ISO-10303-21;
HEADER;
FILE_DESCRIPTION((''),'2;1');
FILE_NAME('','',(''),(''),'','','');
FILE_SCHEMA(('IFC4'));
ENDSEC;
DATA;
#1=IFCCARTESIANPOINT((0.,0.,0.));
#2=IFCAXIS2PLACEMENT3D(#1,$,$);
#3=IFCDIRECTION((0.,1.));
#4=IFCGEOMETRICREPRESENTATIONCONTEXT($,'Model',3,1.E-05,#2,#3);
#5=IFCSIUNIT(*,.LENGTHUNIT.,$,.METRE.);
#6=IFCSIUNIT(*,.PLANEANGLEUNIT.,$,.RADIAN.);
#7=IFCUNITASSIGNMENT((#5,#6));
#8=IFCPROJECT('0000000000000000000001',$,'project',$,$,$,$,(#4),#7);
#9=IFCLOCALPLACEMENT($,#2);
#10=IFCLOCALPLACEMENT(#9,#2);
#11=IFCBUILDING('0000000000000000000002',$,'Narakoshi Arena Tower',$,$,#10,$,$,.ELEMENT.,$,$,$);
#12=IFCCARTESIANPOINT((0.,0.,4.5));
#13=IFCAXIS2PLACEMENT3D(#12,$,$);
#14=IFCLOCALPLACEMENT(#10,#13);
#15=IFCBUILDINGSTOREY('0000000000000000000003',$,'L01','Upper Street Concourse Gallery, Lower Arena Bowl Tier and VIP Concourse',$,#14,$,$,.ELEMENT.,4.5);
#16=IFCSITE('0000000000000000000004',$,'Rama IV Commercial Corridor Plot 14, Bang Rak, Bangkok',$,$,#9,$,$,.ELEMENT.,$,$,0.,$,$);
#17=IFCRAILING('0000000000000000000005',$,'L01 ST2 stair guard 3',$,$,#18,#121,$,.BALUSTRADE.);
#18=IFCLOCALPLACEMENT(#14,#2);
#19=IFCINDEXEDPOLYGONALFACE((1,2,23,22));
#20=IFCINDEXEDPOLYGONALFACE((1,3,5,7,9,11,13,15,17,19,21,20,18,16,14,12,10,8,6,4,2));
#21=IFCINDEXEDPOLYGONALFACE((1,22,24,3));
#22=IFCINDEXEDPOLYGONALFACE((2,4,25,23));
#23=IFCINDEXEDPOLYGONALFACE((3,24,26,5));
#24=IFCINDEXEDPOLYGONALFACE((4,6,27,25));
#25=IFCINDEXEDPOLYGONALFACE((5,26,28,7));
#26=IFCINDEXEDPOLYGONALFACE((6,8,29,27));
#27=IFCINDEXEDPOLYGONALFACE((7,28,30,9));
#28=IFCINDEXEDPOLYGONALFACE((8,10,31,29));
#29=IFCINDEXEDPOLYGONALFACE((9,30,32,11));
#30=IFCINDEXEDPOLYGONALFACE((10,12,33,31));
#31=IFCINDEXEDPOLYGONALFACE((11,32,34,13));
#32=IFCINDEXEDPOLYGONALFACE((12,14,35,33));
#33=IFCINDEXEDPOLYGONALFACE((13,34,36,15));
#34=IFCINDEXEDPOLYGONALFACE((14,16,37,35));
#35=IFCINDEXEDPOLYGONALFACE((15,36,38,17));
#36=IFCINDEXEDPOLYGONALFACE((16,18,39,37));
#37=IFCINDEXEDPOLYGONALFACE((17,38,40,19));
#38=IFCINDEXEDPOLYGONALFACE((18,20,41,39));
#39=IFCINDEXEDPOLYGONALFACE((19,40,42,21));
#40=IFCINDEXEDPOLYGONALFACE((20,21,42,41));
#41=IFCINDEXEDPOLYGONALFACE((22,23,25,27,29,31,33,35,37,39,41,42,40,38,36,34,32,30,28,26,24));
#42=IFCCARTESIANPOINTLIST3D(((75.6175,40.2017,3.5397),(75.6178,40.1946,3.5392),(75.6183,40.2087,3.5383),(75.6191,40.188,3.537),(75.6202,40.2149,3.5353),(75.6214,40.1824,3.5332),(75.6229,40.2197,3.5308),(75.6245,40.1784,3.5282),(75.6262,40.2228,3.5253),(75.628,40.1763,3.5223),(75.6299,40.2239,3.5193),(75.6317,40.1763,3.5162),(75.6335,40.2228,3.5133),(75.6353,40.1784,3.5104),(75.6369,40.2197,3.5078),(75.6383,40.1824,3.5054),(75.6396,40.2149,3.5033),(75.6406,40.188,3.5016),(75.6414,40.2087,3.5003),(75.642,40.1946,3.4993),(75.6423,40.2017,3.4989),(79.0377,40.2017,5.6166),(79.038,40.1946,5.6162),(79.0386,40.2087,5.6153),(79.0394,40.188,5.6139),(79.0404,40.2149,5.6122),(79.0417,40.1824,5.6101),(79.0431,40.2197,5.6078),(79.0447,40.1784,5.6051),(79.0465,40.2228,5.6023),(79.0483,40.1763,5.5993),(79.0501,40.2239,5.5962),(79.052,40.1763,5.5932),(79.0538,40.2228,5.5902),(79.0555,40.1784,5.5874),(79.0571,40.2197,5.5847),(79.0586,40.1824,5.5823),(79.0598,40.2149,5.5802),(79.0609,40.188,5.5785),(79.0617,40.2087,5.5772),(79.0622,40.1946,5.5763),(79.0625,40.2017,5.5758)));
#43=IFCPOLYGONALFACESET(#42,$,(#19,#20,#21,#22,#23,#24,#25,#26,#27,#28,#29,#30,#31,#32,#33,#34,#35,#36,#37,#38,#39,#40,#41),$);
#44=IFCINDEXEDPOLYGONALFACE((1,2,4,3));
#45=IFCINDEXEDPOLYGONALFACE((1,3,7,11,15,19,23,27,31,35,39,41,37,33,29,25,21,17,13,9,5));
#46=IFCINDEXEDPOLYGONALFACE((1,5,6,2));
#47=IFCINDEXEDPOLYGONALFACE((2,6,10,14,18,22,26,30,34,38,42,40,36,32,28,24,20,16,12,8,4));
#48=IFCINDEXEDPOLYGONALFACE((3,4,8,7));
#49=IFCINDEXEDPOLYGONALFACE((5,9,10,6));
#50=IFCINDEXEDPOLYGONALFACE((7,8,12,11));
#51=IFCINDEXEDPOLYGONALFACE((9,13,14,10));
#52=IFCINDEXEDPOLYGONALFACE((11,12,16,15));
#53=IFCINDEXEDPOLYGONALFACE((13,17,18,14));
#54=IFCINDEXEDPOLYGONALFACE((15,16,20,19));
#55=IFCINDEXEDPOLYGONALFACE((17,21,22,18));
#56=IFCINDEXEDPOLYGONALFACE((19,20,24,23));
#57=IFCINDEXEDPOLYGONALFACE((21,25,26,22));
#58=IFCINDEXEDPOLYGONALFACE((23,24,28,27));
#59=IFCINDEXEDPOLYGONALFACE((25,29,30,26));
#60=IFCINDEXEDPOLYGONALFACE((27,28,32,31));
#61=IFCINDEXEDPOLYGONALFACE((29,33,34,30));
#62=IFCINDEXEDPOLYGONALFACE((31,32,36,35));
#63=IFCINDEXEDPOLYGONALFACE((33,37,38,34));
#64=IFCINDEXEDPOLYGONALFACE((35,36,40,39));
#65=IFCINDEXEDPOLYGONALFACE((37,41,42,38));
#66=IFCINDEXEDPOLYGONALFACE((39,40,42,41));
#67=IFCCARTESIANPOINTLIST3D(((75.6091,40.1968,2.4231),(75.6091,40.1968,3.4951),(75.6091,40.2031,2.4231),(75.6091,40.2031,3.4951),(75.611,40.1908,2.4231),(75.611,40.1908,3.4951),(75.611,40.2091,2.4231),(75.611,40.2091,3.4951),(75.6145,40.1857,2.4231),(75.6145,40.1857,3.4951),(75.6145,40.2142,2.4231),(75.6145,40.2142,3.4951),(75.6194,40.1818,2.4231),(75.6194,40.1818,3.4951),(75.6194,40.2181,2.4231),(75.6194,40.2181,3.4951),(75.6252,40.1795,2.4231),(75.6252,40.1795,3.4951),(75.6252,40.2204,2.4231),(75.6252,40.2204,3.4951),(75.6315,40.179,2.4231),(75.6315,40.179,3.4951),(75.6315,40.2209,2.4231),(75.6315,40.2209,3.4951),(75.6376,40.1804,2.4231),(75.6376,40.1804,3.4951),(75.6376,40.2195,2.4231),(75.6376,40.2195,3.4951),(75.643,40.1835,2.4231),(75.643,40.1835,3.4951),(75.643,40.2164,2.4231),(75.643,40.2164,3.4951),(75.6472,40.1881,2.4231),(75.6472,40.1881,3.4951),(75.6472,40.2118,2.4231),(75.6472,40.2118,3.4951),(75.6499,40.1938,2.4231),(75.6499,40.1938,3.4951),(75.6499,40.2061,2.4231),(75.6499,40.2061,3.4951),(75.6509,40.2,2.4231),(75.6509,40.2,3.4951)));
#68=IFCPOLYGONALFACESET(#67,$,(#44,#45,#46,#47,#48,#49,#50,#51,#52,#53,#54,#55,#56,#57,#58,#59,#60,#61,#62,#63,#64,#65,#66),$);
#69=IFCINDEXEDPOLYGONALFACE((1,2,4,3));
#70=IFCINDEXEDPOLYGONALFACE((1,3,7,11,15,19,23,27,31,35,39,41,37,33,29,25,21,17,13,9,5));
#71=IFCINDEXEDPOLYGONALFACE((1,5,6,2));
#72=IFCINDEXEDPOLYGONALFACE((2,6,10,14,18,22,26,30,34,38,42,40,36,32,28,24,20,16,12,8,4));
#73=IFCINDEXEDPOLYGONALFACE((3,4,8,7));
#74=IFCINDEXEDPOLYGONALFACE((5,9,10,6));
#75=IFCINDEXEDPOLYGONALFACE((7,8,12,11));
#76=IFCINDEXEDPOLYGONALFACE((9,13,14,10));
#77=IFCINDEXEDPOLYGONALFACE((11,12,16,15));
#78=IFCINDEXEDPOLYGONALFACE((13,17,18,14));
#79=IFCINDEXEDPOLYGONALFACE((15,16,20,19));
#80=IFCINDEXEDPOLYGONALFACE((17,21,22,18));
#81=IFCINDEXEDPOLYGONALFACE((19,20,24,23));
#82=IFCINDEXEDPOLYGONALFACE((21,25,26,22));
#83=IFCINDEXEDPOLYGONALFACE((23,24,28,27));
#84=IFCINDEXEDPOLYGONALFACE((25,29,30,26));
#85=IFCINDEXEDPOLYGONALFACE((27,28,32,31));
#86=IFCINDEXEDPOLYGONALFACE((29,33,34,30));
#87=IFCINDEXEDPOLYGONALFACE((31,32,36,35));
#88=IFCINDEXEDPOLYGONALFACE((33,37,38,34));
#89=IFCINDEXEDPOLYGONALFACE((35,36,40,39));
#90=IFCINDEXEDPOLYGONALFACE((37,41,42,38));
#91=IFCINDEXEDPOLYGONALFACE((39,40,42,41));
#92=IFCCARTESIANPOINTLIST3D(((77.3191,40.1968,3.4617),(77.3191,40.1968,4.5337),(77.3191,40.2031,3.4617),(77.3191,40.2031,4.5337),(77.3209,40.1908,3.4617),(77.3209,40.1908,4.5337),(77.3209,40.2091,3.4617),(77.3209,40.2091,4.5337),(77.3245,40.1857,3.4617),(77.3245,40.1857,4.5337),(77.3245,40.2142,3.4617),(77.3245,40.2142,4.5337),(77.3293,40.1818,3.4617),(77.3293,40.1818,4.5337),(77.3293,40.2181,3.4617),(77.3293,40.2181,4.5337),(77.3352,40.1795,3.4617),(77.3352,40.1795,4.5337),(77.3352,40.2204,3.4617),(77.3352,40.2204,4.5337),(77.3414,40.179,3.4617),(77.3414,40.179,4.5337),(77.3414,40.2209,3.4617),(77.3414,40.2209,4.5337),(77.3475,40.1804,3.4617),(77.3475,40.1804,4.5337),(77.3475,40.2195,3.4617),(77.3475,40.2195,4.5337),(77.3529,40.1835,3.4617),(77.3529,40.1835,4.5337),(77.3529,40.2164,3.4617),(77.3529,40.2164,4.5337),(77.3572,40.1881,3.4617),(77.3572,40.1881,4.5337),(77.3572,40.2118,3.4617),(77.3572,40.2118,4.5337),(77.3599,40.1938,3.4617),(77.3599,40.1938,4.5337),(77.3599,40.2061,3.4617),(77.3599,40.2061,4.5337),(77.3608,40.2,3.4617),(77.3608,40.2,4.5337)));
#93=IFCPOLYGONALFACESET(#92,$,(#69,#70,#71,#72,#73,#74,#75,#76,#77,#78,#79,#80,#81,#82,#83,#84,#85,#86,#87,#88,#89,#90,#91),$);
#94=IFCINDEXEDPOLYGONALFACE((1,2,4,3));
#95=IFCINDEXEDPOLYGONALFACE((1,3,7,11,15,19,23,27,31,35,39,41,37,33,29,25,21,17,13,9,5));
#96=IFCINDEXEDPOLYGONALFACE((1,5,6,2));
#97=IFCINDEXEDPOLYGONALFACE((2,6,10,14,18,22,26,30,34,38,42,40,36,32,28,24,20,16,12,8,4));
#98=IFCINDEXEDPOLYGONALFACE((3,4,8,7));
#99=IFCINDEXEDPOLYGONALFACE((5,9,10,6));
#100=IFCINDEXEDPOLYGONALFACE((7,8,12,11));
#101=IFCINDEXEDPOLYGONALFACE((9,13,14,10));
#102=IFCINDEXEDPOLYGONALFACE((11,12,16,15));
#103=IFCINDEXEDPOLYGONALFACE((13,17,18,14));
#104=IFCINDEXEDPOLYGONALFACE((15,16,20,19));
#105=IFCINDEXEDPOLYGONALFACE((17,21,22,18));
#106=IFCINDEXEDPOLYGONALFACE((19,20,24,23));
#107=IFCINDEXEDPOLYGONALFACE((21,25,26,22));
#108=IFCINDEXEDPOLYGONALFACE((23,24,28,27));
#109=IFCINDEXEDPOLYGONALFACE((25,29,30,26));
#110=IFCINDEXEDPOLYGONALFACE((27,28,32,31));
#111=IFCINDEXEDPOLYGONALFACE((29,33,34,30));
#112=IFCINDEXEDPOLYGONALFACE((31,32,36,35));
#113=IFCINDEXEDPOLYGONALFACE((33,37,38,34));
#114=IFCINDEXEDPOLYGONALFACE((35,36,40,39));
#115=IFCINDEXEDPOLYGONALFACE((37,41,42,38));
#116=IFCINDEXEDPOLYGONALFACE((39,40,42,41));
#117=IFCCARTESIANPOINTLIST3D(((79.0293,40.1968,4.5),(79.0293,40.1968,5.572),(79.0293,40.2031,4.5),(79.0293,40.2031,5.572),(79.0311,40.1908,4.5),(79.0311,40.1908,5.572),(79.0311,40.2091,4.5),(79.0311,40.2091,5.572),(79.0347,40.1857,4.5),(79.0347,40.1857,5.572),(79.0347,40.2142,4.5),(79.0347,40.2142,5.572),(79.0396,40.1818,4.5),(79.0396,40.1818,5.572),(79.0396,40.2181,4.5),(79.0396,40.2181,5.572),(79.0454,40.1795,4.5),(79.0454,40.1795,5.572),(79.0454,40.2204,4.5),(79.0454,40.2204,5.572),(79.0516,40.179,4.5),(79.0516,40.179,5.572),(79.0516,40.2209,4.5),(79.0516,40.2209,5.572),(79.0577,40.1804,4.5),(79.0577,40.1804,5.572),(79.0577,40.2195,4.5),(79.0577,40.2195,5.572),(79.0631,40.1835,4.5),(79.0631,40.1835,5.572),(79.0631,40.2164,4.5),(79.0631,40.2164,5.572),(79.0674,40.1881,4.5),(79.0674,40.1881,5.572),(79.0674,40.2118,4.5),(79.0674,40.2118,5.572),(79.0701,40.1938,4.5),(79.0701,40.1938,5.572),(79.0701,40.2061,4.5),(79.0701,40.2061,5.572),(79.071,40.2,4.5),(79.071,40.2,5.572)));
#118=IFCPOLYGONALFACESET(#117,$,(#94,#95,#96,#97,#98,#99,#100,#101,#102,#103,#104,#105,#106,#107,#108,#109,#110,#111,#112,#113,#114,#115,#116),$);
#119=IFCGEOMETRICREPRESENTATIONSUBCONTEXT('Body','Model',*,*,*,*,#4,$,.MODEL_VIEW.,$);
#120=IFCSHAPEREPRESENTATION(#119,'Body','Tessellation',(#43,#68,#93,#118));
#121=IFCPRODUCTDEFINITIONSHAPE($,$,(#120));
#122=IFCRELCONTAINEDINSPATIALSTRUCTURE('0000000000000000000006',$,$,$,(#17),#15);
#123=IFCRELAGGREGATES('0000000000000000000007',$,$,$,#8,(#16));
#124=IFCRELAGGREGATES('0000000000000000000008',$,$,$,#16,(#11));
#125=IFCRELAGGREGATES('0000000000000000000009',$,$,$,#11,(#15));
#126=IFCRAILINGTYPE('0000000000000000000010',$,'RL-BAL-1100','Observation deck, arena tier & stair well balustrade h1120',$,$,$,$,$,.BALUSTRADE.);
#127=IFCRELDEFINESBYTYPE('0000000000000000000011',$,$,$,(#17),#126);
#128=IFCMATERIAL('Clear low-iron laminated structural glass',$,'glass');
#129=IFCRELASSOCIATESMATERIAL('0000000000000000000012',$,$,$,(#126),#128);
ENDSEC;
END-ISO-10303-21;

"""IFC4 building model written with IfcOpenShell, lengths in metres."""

from ifc_helpers import new_model, si_unit, direction, frame, origin, origin_2d, place, context, subcontext, project, spatial, circle, extrude, material, type_object, element, save


model = new_model("IFC4")

# Units and contexts
model_context = context("Model", 3, precision=1e-05, world=origin(), true_north=direction((0.0, 1.0)))
body_context = subcontext(model_context, "Body", "Model", "MODEL_VIEW")
ifc_project = project(units=[si_unit("LENGTHUNIT", "METRE"), si_unit("PLANEANGLEUNIT", "RADIAN")], contexts=[model_context])

# Site, building, storey
site_placement = place(None, origin())
site = spatial("IfcSite", under=ifc_project, at=site_placement, Name="Rama IV Commercial Corridor Plot 14, Bang Rak, Bangkok", CompositionType="ELEMENT", RefElevation=0.0)
building_placement = place(site_placement, origin())
building = spatial("IfcBuilding", under=site, at=building_placement, Name="Narakoshi Arena Tower", CompositionType="ELEMENT")
storey_placement = place(building_placement, frame((0.0, 0.0, 4.5)))
storey = spatial("IfcBuildingStorey", under=building, at=storey_placement, Name="L01", Description="Upper Street Concourse Gallery, Lower Arena Bowl Tier and VIP Concourse", CompositionType="ELEMENT", Elevation=4.5)

# Railing
ifc_material_1 = material(Name="Clear low-iron laminated structural glass", Category="glass")
railing_type_1 = type_object("IfcRailingType", Name="RL-BAL-1100", Description="Observation deck, arena tier & stair well balustrade h1120", PredefinedType="BALUSTRADE", material=ifc_material_1)
railing_1_placement = place(storey_placement, frame((75.6299, 40.2, 2.4231)))
element("IfcRailing", 1, at=railing_1_placement, inside=storey, type_object=railing_type_1, Name="L01 ST2 stair guard 3", PredefinedType="BALUSTRADE", context=body_context, shape_type="SweptSolid", body=[
    extrude(circle(Radius=0.0239, at=origin_2d()), frame((0.0, 0.0, 1.0962), z_axis=(0.854746, 0.0, 0.519047), x_axis=(0.0, 1.0, 0.0)), (0.0, 0.0, 1.0), 4.0015),
    extrude(circle(Radius=0.021, at=origin_2d()), origin(), (0.0, 0.0, 1.0), 1.072),
    extrude(circle(Radius=0.021, at=origin_2d()), frame((1.71, 0.0, 1.0386)), (0.0, 0.0, 1.0), 1.072),
    extrude(circle(Radius=0.021, at=origin_2d()), frame((3.4202, 0.0, 2.0769)), (0.0, 0.0, 1.0), 1.072),
])

save(model, "model.ifc")
